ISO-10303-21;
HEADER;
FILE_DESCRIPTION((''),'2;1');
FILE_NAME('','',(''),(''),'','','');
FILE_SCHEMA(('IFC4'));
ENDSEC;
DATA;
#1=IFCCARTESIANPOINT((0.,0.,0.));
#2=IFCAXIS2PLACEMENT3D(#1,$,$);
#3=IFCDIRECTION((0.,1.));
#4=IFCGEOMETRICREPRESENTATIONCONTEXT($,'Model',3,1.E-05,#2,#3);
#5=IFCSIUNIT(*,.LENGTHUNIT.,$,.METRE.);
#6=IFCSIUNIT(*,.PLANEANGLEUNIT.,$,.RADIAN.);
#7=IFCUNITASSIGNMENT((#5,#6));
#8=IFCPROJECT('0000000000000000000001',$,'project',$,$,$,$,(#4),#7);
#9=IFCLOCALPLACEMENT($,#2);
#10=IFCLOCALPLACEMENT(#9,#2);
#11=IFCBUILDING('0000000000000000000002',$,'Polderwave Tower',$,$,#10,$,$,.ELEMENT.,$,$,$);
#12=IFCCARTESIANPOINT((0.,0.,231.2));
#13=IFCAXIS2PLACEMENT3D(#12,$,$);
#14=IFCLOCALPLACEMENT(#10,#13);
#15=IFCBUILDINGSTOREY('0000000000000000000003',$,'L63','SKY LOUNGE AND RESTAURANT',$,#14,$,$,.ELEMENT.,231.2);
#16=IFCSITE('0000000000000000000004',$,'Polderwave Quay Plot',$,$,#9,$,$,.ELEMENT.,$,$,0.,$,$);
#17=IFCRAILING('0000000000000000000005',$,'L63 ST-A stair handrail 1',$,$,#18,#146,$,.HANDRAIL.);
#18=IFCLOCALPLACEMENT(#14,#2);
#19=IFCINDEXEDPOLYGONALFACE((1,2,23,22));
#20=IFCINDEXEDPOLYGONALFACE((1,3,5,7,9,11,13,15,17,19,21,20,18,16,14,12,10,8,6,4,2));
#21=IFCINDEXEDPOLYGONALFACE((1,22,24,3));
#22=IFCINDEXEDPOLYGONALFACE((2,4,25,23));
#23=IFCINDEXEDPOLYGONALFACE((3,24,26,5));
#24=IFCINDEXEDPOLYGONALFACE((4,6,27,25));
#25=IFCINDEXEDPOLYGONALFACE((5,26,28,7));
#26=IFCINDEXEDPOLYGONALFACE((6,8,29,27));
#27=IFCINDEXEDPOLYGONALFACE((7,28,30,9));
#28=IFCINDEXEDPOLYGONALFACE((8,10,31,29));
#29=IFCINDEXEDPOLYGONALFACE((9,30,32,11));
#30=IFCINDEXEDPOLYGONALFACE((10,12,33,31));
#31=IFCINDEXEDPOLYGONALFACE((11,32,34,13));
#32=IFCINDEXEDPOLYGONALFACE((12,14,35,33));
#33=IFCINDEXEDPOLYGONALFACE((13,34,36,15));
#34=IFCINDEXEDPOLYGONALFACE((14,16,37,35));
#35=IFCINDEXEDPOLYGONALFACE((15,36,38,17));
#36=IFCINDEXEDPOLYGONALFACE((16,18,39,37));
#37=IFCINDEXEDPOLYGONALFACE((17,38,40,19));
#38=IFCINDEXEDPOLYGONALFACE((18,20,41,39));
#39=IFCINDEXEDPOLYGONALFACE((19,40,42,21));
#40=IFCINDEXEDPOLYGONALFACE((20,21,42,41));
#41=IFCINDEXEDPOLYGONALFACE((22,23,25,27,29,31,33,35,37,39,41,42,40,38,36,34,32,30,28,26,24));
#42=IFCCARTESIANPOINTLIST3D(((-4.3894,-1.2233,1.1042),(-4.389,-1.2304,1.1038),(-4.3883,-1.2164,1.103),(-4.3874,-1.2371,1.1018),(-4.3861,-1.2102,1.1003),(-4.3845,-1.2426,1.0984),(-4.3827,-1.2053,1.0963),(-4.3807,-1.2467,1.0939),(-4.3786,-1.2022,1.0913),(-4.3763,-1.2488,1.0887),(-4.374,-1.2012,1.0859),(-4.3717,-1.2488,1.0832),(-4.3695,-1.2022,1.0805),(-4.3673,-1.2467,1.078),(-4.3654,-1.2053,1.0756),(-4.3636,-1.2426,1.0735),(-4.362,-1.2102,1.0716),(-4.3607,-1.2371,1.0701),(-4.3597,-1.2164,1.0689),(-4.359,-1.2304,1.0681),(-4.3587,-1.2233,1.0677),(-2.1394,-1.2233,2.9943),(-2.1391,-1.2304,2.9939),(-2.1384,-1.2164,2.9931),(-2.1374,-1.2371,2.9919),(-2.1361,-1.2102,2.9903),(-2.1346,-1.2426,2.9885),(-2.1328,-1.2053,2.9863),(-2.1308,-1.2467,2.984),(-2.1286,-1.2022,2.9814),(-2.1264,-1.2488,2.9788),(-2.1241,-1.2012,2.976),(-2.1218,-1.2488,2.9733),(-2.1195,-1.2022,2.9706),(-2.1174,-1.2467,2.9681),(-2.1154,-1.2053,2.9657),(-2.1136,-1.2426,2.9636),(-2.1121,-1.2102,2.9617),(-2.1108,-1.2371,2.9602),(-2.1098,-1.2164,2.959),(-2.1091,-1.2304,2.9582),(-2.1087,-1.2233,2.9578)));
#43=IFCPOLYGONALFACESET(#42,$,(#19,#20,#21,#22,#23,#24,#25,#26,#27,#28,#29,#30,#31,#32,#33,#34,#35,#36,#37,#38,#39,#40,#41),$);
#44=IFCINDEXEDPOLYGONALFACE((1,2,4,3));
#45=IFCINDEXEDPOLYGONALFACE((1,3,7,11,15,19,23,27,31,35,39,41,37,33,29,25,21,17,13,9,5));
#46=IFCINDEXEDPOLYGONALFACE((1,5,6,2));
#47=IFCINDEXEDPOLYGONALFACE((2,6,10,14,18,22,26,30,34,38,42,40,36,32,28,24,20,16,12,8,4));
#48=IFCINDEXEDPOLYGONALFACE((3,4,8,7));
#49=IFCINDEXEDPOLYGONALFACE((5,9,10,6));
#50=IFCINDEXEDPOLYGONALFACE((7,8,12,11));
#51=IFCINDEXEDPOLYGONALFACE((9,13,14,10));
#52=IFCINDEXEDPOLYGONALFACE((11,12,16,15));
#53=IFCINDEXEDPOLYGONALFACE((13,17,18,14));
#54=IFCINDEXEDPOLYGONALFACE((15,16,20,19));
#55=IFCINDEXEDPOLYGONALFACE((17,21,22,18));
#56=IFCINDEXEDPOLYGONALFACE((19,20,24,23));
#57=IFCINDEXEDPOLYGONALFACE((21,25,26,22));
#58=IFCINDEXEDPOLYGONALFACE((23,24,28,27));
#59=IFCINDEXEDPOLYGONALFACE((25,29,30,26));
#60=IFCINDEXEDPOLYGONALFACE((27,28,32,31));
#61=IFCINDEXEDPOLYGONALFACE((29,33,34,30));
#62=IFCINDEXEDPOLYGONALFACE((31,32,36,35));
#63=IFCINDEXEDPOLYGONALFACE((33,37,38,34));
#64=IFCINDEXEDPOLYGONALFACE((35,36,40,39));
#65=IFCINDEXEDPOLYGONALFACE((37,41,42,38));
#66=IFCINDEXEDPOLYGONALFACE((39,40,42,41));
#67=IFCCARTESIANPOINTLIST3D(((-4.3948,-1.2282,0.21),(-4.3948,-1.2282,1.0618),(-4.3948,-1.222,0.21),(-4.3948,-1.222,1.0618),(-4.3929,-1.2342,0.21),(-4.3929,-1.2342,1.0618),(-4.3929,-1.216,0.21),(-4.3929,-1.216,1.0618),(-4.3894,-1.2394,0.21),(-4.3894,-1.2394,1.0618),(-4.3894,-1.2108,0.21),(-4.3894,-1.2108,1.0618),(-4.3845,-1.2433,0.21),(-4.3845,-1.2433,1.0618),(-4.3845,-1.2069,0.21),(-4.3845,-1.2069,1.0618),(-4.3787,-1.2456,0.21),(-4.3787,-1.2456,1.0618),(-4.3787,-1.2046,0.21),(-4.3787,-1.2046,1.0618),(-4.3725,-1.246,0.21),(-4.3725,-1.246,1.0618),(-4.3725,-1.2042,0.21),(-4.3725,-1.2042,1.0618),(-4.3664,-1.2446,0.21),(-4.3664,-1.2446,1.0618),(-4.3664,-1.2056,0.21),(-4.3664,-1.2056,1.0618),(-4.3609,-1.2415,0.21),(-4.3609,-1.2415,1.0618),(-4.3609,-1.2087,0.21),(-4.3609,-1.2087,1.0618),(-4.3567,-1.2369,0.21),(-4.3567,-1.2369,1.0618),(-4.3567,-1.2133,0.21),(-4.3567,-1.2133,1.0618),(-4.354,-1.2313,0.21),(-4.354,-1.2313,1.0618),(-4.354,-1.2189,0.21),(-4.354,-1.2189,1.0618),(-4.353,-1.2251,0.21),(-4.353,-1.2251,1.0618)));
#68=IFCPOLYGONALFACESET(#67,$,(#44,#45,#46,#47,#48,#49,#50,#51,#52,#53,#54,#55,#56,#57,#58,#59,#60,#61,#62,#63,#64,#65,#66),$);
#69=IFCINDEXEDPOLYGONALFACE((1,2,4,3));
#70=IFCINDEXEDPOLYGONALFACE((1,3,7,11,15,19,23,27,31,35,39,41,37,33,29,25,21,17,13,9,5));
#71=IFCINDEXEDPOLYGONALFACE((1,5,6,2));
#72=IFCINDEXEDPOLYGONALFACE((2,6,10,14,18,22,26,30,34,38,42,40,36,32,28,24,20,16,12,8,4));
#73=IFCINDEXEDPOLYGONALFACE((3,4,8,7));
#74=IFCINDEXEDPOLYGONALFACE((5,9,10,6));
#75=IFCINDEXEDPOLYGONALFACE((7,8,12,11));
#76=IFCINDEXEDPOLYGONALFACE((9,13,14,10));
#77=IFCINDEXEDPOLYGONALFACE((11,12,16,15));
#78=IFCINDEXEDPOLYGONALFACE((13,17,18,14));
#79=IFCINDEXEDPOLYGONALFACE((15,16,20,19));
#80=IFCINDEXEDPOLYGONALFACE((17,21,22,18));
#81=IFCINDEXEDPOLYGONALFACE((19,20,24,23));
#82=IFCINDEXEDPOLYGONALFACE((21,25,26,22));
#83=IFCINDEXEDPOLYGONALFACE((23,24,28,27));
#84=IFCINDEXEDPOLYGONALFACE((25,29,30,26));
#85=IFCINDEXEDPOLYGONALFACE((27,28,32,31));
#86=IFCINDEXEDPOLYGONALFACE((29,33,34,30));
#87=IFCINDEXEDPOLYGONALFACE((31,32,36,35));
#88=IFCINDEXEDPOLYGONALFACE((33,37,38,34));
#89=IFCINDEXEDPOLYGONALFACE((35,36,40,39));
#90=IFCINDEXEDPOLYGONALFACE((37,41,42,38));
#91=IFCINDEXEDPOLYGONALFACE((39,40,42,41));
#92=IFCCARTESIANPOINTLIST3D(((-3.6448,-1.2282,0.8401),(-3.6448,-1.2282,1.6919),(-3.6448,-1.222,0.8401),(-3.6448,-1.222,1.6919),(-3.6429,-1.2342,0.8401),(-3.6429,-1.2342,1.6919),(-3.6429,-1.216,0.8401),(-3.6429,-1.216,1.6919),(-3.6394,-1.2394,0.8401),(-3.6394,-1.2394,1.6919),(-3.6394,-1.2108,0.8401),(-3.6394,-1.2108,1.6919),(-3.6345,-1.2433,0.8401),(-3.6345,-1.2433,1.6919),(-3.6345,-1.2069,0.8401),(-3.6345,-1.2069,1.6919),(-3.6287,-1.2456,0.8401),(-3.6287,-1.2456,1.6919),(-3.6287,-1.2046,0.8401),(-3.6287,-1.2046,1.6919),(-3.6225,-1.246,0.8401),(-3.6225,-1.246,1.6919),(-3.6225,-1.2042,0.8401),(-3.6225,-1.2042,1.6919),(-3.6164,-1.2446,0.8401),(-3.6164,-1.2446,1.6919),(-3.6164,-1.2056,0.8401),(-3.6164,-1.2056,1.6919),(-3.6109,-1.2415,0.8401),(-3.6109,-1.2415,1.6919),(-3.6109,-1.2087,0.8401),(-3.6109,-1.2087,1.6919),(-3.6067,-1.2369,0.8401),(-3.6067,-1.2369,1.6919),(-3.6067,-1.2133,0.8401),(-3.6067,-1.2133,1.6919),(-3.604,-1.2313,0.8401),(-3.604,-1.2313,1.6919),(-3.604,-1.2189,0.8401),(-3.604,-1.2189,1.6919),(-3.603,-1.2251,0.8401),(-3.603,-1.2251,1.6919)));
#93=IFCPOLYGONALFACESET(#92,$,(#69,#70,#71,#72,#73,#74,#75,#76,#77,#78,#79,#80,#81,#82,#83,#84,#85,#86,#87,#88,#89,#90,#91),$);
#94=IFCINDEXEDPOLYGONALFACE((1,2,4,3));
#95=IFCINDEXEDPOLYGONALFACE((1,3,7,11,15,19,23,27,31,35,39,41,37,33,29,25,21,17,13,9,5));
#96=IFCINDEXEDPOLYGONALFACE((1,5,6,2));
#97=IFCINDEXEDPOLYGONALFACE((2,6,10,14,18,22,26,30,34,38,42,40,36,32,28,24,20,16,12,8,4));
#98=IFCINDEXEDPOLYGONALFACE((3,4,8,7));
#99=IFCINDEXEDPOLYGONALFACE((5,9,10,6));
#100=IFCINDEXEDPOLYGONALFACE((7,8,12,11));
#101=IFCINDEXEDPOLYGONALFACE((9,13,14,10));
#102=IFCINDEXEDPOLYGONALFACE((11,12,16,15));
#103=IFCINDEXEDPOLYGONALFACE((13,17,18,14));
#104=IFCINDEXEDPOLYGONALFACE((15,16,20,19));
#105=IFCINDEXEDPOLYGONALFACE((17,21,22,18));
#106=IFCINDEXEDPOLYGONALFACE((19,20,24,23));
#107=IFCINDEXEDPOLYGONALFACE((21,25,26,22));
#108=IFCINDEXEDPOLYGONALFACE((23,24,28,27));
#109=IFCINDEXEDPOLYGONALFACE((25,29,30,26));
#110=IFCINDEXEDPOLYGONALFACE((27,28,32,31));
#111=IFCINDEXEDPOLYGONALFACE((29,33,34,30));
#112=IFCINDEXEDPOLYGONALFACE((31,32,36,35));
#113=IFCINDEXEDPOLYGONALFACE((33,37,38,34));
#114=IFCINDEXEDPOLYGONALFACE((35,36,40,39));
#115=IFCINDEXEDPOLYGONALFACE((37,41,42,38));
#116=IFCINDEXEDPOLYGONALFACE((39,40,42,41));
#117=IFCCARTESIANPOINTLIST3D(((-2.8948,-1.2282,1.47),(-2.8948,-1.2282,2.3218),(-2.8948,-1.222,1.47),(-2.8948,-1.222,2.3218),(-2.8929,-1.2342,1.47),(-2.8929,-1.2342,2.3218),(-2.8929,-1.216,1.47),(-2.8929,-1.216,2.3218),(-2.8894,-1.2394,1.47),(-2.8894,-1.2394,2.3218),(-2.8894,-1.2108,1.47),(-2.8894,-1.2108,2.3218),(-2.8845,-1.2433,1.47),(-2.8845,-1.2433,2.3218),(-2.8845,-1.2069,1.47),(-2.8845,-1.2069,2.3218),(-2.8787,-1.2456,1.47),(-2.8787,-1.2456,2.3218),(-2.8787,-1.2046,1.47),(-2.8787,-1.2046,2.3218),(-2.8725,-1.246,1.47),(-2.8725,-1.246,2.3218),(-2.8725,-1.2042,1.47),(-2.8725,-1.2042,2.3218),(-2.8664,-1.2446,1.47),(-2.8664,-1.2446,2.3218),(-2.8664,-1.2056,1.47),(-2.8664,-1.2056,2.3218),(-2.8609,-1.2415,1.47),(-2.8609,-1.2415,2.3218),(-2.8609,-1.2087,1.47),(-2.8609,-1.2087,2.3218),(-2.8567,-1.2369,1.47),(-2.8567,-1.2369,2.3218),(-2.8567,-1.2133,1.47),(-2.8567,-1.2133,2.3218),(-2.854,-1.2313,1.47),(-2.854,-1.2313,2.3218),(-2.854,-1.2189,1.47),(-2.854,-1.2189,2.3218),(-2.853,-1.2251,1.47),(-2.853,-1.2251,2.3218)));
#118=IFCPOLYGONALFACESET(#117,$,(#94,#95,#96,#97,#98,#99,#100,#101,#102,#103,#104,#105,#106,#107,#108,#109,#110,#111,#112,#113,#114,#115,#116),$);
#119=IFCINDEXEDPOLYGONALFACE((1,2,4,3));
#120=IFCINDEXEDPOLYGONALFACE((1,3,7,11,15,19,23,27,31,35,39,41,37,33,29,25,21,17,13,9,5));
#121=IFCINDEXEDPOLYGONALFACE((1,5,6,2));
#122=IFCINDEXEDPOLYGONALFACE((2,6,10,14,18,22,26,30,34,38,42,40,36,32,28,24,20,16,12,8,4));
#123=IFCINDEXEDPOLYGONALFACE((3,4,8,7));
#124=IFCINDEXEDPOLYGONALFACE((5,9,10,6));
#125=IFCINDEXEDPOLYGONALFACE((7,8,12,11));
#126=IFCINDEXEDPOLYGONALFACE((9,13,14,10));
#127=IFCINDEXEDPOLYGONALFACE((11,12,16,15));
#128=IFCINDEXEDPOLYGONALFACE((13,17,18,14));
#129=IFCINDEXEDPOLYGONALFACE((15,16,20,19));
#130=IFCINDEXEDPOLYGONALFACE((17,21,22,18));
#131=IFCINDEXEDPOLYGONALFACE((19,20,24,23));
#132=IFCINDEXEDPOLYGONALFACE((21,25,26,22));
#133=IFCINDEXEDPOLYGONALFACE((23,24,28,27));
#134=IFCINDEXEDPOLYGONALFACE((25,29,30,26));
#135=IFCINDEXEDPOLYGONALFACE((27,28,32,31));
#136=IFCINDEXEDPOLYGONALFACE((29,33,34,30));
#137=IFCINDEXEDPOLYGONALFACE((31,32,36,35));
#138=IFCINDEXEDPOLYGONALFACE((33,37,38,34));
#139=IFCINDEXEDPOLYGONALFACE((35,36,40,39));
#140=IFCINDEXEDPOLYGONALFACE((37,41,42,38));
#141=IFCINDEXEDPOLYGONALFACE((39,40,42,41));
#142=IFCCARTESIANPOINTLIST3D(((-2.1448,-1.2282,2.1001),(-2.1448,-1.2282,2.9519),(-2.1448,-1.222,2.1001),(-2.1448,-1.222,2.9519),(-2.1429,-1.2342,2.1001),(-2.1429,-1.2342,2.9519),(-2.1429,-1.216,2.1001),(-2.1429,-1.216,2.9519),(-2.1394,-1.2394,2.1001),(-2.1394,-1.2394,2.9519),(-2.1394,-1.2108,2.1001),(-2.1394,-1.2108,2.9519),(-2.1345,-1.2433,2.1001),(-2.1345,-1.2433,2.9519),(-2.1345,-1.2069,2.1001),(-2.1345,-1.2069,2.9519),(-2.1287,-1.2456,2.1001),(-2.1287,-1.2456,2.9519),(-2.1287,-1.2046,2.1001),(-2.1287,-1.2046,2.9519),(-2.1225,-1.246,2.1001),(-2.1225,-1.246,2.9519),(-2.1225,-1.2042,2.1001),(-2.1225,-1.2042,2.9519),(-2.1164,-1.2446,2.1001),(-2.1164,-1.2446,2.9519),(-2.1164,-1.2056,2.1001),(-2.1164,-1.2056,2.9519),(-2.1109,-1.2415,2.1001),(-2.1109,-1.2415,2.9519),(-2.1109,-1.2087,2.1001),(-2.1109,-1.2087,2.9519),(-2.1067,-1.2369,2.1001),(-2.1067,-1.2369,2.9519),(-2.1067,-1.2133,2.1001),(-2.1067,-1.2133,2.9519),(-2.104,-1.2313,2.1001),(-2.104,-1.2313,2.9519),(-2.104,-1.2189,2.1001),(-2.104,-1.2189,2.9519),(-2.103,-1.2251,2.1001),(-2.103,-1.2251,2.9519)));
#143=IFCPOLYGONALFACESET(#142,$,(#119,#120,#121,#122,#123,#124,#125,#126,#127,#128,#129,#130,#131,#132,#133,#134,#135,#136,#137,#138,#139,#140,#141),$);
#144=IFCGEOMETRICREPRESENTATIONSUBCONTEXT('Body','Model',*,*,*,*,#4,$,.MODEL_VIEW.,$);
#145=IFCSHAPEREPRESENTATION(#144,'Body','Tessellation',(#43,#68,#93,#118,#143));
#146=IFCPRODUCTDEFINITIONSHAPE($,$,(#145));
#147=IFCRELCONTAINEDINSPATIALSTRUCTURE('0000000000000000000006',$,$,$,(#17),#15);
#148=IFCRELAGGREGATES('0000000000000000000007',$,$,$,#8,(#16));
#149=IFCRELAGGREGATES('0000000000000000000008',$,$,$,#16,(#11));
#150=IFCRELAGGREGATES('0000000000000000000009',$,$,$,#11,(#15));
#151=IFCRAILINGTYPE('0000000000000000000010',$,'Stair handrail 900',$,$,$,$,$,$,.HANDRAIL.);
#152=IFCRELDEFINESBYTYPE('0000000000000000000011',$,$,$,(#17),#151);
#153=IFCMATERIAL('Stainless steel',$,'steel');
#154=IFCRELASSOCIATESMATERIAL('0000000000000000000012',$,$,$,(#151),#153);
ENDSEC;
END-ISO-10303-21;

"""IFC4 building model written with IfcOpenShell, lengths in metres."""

from ifc_helpers import new_model, si_unit, direction, frame, origin, origin_2d, place, context, subcontext, project, spatial, circle, extrude, material, type_object, element, save


model = new_model("IFC4")

# Units and contexts
model_context = context("Model", 3, precision=1e-05, world=origin(), true_north=direction((0.0, 1.0)))
body_context = subcontext(model_context, "Body", "Model", "MODEL_VIEW")
ifc_project = project(units=[si_unit("LENGTHUNIT", "METRE"), si_unit("PLANEANGLEUNIT", "RADIAN")], contexts=[model_context])

# Site, building, storey
site_placement = place(None, origin())
site = spatial("IfcSite", under=ifc_project, at=site_placement, Name="Polderwave Quay Plot", CompositionType="ELEMENT", RefElevation=0.0)
building_placement = place(site_placement, origin())
building = spatial("IfcBuilding", under=site, at=building_placement, Name="Polderwave Tower", CompositionType="ELEMENT")
storey_placement = place(building_placement, frame((0.0, 0.0, 231.2)))
storey = spatial("IfcBuildingStorey", under=building, at=storey_placement, Name="L63", Description="SKY LOUNGE AND RESTAURANT", CompositionType="ELEMENT", Elevation=231.2)

# Railing
ifc_material_1 = material(Name="Stainless steel", Category="steel")
railing_type_1 = type_object("IfcRailingType", Name="Stair handrail 900", PredefinedType="HANDRAIL", material=ifc_material_1)
railing_1_placement = place(storey_placement, frame((-4.374, -1.2251, 0.21)))
element("IfcRailing", 1, at=railing_1_placement, inside=storey, type_object=railing_type_1, Name="L63 ST-A stair handrail 1", PredefinedType="HANDRAIL", context=body_context, shape_type="SweptSolid", body=[
    extrude(circle(Radius=0.0239, at=origin_2d()), frame((0.0, 0.0, 0.876), z_axis=(0.765682, 0.0, 0.643219), x_axis=(0.0, 1.0, 0.0)), (0.0, 0.0, 1.0), 2.9385),
    extrude(circle(Radius=0.021, at=origin_2d()), origin(), (0.0, 0.0, 1.0), 0.8518),
    extrude(circle(Radius=0.021, at=origin_2d()), frame((0.75, 0.0, 0.6301)), (0.0, 0.0, 1.0), 0.8518),
    extrude(circle(Radius=0.021, at=origin_2d()), frame((1.5, 0.0, 1.26)), (0.0, 0.0, 1.0), 0.8518),
    extrude(circle(Radius=0.021, at=origin_2d()), frame((2.25, 0.0, 1.8901)), (0.0, 0.0, 1.0), 0.8518),
])

save(model, "model.ifc")
